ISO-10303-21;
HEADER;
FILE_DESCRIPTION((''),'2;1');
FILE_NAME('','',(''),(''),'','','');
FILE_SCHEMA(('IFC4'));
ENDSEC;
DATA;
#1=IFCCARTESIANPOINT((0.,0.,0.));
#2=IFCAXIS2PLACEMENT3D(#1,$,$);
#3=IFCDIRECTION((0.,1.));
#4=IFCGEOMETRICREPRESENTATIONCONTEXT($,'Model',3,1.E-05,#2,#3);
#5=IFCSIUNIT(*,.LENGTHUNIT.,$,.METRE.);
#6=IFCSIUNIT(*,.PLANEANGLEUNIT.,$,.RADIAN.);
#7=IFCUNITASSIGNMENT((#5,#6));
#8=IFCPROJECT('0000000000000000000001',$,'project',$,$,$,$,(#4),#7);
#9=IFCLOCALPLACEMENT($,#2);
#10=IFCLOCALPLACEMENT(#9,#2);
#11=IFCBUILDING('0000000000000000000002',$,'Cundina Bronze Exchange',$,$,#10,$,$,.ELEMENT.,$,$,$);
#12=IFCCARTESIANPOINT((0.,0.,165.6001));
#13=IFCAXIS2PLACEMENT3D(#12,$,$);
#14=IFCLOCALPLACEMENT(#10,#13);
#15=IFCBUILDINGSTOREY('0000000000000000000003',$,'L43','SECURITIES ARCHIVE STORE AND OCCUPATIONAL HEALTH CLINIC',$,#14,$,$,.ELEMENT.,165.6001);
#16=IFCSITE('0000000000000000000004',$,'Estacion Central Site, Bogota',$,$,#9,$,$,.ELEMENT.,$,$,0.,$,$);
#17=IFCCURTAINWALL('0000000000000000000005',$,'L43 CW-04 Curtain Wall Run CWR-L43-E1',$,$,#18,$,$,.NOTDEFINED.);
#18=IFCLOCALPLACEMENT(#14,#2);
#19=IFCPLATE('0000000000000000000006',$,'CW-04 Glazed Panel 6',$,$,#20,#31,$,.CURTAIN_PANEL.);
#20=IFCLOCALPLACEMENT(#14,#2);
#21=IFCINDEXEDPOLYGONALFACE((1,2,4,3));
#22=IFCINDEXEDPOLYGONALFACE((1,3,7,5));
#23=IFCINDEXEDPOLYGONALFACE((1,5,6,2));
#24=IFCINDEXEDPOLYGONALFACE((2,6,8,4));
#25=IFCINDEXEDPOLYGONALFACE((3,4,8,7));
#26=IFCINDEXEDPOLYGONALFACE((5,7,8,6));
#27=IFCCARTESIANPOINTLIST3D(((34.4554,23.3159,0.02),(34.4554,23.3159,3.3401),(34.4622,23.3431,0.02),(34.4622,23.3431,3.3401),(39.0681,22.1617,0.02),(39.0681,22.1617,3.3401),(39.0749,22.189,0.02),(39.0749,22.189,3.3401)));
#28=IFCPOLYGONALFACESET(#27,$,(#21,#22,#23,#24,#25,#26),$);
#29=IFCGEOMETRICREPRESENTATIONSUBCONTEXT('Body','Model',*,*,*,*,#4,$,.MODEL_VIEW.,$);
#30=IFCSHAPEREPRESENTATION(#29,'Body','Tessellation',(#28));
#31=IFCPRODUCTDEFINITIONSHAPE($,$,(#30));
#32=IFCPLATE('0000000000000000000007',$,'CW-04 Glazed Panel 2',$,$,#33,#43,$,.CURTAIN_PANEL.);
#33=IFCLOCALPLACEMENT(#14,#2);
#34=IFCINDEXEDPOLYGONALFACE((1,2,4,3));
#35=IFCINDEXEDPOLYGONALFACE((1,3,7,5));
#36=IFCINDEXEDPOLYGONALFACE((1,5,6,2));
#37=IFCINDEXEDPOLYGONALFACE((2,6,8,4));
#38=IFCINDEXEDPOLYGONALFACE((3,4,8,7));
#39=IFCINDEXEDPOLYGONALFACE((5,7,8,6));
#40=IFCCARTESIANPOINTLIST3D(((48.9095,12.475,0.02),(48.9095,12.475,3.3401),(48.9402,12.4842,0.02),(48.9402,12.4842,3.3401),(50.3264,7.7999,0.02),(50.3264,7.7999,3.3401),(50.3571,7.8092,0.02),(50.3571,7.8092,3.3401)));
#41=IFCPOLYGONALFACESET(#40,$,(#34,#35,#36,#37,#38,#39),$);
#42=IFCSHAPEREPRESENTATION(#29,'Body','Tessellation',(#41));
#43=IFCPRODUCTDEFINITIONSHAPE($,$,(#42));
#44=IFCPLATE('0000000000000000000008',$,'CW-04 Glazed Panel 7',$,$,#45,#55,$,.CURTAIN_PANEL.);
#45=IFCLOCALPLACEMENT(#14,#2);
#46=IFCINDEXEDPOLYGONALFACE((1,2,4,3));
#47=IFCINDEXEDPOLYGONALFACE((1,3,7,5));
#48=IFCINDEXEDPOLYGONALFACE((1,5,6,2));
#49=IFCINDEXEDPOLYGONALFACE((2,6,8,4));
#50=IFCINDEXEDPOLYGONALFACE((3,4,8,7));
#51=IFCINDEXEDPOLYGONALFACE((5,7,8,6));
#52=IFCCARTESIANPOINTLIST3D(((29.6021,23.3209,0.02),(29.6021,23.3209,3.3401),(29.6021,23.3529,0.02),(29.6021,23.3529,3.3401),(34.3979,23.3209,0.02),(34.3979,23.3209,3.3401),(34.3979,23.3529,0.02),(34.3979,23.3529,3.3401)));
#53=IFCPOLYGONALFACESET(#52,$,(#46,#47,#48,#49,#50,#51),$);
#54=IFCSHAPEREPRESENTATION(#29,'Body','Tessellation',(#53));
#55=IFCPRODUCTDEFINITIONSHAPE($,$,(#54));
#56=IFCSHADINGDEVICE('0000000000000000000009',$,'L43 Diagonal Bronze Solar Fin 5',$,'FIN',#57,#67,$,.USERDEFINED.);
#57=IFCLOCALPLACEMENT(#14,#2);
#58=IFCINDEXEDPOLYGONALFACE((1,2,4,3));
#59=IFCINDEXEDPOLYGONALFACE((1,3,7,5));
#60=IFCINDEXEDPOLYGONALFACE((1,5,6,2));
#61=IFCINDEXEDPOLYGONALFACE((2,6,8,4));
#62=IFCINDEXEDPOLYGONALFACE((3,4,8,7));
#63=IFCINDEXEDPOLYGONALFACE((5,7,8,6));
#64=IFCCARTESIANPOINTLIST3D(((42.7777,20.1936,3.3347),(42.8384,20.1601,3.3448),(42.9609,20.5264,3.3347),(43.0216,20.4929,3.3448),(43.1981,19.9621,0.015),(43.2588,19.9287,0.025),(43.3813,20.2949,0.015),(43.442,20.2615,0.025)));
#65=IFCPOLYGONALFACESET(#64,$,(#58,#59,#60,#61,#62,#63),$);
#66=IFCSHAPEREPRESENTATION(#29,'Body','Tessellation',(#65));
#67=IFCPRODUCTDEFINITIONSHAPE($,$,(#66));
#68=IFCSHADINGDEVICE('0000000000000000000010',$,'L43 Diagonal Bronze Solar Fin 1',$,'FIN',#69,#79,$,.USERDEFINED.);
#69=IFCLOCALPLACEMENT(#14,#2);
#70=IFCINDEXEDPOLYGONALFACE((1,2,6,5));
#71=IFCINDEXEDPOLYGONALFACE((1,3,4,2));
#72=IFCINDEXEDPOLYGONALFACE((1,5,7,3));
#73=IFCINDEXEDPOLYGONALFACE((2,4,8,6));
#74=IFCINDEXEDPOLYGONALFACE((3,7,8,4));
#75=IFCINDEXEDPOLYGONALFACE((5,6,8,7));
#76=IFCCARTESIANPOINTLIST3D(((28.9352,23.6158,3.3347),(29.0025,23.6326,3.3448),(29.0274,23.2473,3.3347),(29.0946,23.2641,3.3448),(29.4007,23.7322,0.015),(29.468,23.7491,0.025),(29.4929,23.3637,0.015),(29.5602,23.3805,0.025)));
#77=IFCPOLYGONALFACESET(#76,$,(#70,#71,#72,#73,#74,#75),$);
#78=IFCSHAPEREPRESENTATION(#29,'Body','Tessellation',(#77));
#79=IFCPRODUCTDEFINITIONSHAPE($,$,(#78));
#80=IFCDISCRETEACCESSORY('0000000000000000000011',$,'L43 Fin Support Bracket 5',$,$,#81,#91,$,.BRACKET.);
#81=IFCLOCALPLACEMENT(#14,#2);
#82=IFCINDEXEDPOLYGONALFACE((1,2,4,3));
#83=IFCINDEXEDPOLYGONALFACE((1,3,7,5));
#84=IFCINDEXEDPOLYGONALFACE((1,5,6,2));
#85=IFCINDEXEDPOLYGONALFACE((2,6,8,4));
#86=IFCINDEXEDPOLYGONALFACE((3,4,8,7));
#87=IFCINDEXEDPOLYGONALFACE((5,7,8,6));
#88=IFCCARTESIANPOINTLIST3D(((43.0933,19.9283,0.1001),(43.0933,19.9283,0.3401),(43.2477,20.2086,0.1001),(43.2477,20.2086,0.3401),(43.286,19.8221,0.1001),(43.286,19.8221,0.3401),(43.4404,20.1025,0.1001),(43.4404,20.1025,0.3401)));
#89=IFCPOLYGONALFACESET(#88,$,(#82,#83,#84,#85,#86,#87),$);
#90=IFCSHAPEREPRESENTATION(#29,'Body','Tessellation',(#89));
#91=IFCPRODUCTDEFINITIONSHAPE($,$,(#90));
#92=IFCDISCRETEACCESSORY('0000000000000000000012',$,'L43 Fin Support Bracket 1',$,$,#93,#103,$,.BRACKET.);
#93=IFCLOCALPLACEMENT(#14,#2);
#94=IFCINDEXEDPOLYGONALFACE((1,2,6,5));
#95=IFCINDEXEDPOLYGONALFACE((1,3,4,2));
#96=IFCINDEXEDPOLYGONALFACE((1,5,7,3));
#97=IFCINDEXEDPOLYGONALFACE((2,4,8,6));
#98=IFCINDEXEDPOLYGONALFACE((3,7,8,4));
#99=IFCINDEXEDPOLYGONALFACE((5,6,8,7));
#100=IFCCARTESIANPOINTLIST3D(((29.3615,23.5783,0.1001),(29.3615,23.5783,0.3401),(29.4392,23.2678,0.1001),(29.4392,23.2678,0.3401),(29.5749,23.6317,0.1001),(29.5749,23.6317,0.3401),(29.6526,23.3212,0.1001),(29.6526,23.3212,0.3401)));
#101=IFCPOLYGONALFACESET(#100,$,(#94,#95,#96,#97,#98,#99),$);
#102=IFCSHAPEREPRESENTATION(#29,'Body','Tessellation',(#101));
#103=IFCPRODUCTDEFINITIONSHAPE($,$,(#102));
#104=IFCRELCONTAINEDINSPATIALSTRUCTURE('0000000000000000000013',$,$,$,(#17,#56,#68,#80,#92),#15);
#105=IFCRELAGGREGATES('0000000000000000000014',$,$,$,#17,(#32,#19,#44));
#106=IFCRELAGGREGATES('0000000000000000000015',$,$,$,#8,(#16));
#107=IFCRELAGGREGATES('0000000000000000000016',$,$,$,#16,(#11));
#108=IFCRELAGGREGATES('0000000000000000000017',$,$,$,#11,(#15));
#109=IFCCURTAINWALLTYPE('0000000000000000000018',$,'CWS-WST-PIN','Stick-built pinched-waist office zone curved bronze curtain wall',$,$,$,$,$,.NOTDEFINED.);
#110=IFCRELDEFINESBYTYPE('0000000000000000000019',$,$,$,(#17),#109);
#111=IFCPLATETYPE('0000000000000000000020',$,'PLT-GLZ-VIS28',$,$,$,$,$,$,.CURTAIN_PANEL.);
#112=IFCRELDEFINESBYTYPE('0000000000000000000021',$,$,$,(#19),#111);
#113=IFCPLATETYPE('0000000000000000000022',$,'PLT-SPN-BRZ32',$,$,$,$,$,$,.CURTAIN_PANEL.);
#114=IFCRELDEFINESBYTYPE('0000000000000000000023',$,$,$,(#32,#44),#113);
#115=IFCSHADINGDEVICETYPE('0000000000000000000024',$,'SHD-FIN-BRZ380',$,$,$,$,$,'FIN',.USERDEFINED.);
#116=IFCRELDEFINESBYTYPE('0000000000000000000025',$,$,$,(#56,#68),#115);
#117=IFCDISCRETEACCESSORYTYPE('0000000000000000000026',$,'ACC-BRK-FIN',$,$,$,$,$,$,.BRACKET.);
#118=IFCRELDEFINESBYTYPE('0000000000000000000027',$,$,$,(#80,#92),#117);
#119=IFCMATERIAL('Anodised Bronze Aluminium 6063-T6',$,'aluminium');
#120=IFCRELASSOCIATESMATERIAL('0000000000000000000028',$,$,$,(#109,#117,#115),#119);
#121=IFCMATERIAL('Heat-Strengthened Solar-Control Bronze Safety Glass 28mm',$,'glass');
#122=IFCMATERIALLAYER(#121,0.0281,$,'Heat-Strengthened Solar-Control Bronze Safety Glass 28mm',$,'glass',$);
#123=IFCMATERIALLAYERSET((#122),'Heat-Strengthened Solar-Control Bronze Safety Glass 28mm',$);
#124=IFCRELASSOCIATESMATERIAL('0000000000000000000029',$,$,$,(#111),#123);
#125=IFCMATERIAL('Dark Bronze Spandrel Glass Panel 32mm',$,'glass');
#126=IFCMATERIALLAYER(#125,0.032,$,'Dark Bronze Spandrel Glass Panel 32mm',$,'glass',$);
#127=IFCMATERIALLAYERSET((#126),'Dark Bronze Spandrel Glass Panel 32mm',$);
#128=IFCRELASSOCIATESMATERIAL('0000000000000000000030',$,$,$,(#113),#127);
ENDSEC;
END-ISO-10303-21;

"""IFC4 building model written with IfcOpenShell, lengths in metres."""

from ifc_helpers import new_model, si_unit, direction, frame, origin, origin_2d, place, context, subcontext, project, spatial, rectangle, extrude, material, layer, layer_set, material_profile, profile_set, type_object, element, aggregate, save


model = new_model("IFC4")

# Units and contexts
model_context = context("Model", 3, precision=1e-05, world=origin(), true_north=direction((0.0, 1.0)))
body_context = subcontext(model_context, "Body", "Model", "MODEL_VIEW")
ifc_project = project(units=[si_unit("LENGTHUNIT", "METRE"), si_unit("PLANEANGLEUNIT", "RADIAN")], contexts=[model_context])

# Site, building, storey
site_placement = place(None, origin())
site = spatial("IfcSite", under=ifc_project, at=site_placement, Name="Estacion Central Site, Bogota", CompositionType="ELEMENT", RefElevation=0.0)
building_placement = place(site_placement, origin())
building = spatial("IfcBuilding", under=site, at=building_placement, Name="Cundina Bronze Exchange", CompositionType="ELEMENT")
storey_placement = place(building_placement, frame((0.0, 0.0, 165.6001)))
storey = spatial("IfcBuildingStorey", under=building, at=storey_placement, Name="L43", Description="SECURITIES ARCHIVE STORE AND OCCUPATIONAL HEALTH CLINIC", CompositionType="ELEMENT", Elevation=165.6001)

# Curtain wall
ifc_material_1 = material(Name="Anodised Bronze Aluminium 6063-T6", Category="aluminium")
curtain_wall_type = type_object("IfcCurtainWallType", Name="CWS-WST-PIN", Description="Stick-built pinched-waist office zone curved bronze curtain wall", PredefinedType="NOTDEFINED", material=ifc_material_1)
curtain_wall_1_placement = place(storey_placement, origin())
curtain_wall_1 = element("IfcCurtainWall", 1, at=curtain_wall_1_placement, inside=storey, type_object=curtain_wall_type, Name="L43 CW-04 Curtain Wall Run CWR-L43-E1", PredefinedType="NOTDEFINED")

# Plates
ifc_material_2 = material(Name="Heat-Strengthened Solar-Control Bronze Safety Glass 28mm", Category="glass")
ifc_layer_1 = layer(ifc_material_2, 0.0281, Name="Heat-Strengthened Solar-Control Bronze Safety Glass 28mm", Category="glass")
ifc_layer_set_1 = layer_set([ifc_layer_1], Name="Heat-Strengthened Solar-Control Bronze Safety Glass 28mm")
plate_type_1 = type_object("IfcPlateType", Name="PLT-GLZ-VIS28", PredefinedType="CURTAIN_PANEL", material=ifc_layer_set_1)
plate_1_placement = place(storey_placement, frame((36.7651, 22.7524, 0.02), z_axis=(0.0, 0.0, 1.0), x_axis=(-0.970093, 0.242735, 0.0)))
plate_1 = element("IfcPlate", 2, at=plate_1_placement, type_object=plate_type_1, Name="CW-04 Glazed Panel 6", PredefinedType="CURTAIN_PANEL", context=body_context, shape_type="SweptSolid", body=[
    extrude(rectangle(XDim=4.7549, YDim=0.0281, at=origin_2d()), origin(), (0.0, 0.0, 1.0), 3.3201),
])
ifc_material_3 = material(Name="Dark Bronze Spandrel Glass Panel 32mm", Category="glass")
ifc_layer_2 = layer(ifc_material_3, 0.032, Name="Dark Bronze Spandrel Glass Panel 32mm", Category="glass")
ifc_layer_set_2 = layer_set([ifc_layer_2], Name="Dark Bronze Spandrel Glass Panel 32mm")
plate_type_2 = type_object("IfcPlateType", Name="PLT-SPN-BRZ32", PredefinedType="CURTAIN_PANEL", material=ifc_layer_set_2)
plate_2_placement = place(storey_placement, frame((49.6333, 10.1421, 0.02), z_axis=(0.0, 0.0, 1.0), x_axis=(-0.290051, 0.957011, 0.0)))
plate_2 = element("IfcPlate", 3, at=plate_2_placement, type_object=plate_type_2, Name="CW-04 Glazed Panel 2", PredefinedType="CURTAIN_PANEL", context=body_context, shape_type="SweptSolid", body=[
    extrude(rectangle(XDim=4.885, YDim=0.032, at=origin_2d()), origin(), (0.0, 0.0, 1.0), 3.3201),
])
plate_3_placement = place(storey_placement, frame((32.0, 23.3369, 0.02), z_axis=(0.0, 0.0, 1.0), x_axis=(-1.0, 0.0, 0.0)))
plate_3 = element("IfcPlate", 4, at=plate_3_placement, type_object=plate_type_2, Name="CW-04 Glazed Panel 7", PredefinedType="CURTAIN_PANEL", context=body_context, shape_type="SweptSolid", body=[
    extrude(rectangle(XDim=4.7959, YDim=0.032, at=origin_2d()), origin(), (0.0, 0.0, 1.0), 3.3201),
])
aggregate(curtain_wall_1, [plate_2, plate_1, plate_3])

# Shading devices
ifc_material_profile_1 = material_profile(ifc_material_1, rectangle(XDim=0.0701, YDim=0.3799, at=origin_2d()), Name="FIN70X380", Category="aluminium")
ifc_profile_set_1 = profile_set([ifc_material_profile_1], Name="Anodised Bronze Aluminium 6063-T6")
shading_device_type = type_object("IfcShadingDeviceType", Name="SHD-FIN-BRZ380", ElementType="FIN", PredefinedType="USERDEFINED", material=ifc_profile_set_1)
for number, where, z_axis, x_axis, name in (
    (5, (43.3201, 20.1118, 0.02), (-0.125333, 0.068999, 0.989712), (0.86701, -0.477309, 0.143071), "L43 Diagonal Bronze Solar Fin 5"),
    (6, (29.4805, 23.5564, 0.02), (-0.138798, -0.034718, 0.989712), (0.960132, 0.240159, 0.143075), "L43 Diagonal Bronze Solar Fin 1"),
):
    element("IfcShadingDevice", number, at=place(storey_placement, frame(where, z_axis=z_axis, x_axis=x_axis)), inside=storey, type_object=shading_device_type, Name=name, ObjectType="FIN", PredefinedType="USERDEFINED", context=body_context, shape_type="SweptSolid", body=[
        extrude(rectangle(XDim=0.0701, YDim=0.3799, at=origin_2d()), origin(), (0.0, 0.0, 1.0), 3.3542),
    ])

# Discrete accessories
discrete_accessory_type = type_object("IfcDiscreteAccessoryType", Name="ACC-BRK-FIN", PredefinedType="BRACKET", material=ifc_material_1)
for number, where, z_axis, x_axis, name in (
    (7, (43.2668, 20.0154, 0.1001), (0.0, 0.0, 1.0), (-0.875869, 0.482549, 0.0), "L43 Fin Support Bracket 5"),
    (8, (29.5071, 23.4497, 0.1001), (0.0, 0.0, 1.0), (-0.970093, -0.242735, 0.0), "L43 Fin Support Bracket 1"),
):
    element("IfcDiscreteAccessory", number, at=place(storey_placement, frame(where, z_axis=z_axis, x_axis=x_axis)), inside=storey, type_object=discrete_accessory_type, Name=name, PredefinedType="BRACKET", context=body_context, shape_type="SweptSolid", body=[
        extrude(rectangle(XDim=0.22, YDim=0.3201, at=origin_2d()), origin(), (0.0, 0.0, 1.0), 0.24),
    ])

save(model, "model.ifc")
